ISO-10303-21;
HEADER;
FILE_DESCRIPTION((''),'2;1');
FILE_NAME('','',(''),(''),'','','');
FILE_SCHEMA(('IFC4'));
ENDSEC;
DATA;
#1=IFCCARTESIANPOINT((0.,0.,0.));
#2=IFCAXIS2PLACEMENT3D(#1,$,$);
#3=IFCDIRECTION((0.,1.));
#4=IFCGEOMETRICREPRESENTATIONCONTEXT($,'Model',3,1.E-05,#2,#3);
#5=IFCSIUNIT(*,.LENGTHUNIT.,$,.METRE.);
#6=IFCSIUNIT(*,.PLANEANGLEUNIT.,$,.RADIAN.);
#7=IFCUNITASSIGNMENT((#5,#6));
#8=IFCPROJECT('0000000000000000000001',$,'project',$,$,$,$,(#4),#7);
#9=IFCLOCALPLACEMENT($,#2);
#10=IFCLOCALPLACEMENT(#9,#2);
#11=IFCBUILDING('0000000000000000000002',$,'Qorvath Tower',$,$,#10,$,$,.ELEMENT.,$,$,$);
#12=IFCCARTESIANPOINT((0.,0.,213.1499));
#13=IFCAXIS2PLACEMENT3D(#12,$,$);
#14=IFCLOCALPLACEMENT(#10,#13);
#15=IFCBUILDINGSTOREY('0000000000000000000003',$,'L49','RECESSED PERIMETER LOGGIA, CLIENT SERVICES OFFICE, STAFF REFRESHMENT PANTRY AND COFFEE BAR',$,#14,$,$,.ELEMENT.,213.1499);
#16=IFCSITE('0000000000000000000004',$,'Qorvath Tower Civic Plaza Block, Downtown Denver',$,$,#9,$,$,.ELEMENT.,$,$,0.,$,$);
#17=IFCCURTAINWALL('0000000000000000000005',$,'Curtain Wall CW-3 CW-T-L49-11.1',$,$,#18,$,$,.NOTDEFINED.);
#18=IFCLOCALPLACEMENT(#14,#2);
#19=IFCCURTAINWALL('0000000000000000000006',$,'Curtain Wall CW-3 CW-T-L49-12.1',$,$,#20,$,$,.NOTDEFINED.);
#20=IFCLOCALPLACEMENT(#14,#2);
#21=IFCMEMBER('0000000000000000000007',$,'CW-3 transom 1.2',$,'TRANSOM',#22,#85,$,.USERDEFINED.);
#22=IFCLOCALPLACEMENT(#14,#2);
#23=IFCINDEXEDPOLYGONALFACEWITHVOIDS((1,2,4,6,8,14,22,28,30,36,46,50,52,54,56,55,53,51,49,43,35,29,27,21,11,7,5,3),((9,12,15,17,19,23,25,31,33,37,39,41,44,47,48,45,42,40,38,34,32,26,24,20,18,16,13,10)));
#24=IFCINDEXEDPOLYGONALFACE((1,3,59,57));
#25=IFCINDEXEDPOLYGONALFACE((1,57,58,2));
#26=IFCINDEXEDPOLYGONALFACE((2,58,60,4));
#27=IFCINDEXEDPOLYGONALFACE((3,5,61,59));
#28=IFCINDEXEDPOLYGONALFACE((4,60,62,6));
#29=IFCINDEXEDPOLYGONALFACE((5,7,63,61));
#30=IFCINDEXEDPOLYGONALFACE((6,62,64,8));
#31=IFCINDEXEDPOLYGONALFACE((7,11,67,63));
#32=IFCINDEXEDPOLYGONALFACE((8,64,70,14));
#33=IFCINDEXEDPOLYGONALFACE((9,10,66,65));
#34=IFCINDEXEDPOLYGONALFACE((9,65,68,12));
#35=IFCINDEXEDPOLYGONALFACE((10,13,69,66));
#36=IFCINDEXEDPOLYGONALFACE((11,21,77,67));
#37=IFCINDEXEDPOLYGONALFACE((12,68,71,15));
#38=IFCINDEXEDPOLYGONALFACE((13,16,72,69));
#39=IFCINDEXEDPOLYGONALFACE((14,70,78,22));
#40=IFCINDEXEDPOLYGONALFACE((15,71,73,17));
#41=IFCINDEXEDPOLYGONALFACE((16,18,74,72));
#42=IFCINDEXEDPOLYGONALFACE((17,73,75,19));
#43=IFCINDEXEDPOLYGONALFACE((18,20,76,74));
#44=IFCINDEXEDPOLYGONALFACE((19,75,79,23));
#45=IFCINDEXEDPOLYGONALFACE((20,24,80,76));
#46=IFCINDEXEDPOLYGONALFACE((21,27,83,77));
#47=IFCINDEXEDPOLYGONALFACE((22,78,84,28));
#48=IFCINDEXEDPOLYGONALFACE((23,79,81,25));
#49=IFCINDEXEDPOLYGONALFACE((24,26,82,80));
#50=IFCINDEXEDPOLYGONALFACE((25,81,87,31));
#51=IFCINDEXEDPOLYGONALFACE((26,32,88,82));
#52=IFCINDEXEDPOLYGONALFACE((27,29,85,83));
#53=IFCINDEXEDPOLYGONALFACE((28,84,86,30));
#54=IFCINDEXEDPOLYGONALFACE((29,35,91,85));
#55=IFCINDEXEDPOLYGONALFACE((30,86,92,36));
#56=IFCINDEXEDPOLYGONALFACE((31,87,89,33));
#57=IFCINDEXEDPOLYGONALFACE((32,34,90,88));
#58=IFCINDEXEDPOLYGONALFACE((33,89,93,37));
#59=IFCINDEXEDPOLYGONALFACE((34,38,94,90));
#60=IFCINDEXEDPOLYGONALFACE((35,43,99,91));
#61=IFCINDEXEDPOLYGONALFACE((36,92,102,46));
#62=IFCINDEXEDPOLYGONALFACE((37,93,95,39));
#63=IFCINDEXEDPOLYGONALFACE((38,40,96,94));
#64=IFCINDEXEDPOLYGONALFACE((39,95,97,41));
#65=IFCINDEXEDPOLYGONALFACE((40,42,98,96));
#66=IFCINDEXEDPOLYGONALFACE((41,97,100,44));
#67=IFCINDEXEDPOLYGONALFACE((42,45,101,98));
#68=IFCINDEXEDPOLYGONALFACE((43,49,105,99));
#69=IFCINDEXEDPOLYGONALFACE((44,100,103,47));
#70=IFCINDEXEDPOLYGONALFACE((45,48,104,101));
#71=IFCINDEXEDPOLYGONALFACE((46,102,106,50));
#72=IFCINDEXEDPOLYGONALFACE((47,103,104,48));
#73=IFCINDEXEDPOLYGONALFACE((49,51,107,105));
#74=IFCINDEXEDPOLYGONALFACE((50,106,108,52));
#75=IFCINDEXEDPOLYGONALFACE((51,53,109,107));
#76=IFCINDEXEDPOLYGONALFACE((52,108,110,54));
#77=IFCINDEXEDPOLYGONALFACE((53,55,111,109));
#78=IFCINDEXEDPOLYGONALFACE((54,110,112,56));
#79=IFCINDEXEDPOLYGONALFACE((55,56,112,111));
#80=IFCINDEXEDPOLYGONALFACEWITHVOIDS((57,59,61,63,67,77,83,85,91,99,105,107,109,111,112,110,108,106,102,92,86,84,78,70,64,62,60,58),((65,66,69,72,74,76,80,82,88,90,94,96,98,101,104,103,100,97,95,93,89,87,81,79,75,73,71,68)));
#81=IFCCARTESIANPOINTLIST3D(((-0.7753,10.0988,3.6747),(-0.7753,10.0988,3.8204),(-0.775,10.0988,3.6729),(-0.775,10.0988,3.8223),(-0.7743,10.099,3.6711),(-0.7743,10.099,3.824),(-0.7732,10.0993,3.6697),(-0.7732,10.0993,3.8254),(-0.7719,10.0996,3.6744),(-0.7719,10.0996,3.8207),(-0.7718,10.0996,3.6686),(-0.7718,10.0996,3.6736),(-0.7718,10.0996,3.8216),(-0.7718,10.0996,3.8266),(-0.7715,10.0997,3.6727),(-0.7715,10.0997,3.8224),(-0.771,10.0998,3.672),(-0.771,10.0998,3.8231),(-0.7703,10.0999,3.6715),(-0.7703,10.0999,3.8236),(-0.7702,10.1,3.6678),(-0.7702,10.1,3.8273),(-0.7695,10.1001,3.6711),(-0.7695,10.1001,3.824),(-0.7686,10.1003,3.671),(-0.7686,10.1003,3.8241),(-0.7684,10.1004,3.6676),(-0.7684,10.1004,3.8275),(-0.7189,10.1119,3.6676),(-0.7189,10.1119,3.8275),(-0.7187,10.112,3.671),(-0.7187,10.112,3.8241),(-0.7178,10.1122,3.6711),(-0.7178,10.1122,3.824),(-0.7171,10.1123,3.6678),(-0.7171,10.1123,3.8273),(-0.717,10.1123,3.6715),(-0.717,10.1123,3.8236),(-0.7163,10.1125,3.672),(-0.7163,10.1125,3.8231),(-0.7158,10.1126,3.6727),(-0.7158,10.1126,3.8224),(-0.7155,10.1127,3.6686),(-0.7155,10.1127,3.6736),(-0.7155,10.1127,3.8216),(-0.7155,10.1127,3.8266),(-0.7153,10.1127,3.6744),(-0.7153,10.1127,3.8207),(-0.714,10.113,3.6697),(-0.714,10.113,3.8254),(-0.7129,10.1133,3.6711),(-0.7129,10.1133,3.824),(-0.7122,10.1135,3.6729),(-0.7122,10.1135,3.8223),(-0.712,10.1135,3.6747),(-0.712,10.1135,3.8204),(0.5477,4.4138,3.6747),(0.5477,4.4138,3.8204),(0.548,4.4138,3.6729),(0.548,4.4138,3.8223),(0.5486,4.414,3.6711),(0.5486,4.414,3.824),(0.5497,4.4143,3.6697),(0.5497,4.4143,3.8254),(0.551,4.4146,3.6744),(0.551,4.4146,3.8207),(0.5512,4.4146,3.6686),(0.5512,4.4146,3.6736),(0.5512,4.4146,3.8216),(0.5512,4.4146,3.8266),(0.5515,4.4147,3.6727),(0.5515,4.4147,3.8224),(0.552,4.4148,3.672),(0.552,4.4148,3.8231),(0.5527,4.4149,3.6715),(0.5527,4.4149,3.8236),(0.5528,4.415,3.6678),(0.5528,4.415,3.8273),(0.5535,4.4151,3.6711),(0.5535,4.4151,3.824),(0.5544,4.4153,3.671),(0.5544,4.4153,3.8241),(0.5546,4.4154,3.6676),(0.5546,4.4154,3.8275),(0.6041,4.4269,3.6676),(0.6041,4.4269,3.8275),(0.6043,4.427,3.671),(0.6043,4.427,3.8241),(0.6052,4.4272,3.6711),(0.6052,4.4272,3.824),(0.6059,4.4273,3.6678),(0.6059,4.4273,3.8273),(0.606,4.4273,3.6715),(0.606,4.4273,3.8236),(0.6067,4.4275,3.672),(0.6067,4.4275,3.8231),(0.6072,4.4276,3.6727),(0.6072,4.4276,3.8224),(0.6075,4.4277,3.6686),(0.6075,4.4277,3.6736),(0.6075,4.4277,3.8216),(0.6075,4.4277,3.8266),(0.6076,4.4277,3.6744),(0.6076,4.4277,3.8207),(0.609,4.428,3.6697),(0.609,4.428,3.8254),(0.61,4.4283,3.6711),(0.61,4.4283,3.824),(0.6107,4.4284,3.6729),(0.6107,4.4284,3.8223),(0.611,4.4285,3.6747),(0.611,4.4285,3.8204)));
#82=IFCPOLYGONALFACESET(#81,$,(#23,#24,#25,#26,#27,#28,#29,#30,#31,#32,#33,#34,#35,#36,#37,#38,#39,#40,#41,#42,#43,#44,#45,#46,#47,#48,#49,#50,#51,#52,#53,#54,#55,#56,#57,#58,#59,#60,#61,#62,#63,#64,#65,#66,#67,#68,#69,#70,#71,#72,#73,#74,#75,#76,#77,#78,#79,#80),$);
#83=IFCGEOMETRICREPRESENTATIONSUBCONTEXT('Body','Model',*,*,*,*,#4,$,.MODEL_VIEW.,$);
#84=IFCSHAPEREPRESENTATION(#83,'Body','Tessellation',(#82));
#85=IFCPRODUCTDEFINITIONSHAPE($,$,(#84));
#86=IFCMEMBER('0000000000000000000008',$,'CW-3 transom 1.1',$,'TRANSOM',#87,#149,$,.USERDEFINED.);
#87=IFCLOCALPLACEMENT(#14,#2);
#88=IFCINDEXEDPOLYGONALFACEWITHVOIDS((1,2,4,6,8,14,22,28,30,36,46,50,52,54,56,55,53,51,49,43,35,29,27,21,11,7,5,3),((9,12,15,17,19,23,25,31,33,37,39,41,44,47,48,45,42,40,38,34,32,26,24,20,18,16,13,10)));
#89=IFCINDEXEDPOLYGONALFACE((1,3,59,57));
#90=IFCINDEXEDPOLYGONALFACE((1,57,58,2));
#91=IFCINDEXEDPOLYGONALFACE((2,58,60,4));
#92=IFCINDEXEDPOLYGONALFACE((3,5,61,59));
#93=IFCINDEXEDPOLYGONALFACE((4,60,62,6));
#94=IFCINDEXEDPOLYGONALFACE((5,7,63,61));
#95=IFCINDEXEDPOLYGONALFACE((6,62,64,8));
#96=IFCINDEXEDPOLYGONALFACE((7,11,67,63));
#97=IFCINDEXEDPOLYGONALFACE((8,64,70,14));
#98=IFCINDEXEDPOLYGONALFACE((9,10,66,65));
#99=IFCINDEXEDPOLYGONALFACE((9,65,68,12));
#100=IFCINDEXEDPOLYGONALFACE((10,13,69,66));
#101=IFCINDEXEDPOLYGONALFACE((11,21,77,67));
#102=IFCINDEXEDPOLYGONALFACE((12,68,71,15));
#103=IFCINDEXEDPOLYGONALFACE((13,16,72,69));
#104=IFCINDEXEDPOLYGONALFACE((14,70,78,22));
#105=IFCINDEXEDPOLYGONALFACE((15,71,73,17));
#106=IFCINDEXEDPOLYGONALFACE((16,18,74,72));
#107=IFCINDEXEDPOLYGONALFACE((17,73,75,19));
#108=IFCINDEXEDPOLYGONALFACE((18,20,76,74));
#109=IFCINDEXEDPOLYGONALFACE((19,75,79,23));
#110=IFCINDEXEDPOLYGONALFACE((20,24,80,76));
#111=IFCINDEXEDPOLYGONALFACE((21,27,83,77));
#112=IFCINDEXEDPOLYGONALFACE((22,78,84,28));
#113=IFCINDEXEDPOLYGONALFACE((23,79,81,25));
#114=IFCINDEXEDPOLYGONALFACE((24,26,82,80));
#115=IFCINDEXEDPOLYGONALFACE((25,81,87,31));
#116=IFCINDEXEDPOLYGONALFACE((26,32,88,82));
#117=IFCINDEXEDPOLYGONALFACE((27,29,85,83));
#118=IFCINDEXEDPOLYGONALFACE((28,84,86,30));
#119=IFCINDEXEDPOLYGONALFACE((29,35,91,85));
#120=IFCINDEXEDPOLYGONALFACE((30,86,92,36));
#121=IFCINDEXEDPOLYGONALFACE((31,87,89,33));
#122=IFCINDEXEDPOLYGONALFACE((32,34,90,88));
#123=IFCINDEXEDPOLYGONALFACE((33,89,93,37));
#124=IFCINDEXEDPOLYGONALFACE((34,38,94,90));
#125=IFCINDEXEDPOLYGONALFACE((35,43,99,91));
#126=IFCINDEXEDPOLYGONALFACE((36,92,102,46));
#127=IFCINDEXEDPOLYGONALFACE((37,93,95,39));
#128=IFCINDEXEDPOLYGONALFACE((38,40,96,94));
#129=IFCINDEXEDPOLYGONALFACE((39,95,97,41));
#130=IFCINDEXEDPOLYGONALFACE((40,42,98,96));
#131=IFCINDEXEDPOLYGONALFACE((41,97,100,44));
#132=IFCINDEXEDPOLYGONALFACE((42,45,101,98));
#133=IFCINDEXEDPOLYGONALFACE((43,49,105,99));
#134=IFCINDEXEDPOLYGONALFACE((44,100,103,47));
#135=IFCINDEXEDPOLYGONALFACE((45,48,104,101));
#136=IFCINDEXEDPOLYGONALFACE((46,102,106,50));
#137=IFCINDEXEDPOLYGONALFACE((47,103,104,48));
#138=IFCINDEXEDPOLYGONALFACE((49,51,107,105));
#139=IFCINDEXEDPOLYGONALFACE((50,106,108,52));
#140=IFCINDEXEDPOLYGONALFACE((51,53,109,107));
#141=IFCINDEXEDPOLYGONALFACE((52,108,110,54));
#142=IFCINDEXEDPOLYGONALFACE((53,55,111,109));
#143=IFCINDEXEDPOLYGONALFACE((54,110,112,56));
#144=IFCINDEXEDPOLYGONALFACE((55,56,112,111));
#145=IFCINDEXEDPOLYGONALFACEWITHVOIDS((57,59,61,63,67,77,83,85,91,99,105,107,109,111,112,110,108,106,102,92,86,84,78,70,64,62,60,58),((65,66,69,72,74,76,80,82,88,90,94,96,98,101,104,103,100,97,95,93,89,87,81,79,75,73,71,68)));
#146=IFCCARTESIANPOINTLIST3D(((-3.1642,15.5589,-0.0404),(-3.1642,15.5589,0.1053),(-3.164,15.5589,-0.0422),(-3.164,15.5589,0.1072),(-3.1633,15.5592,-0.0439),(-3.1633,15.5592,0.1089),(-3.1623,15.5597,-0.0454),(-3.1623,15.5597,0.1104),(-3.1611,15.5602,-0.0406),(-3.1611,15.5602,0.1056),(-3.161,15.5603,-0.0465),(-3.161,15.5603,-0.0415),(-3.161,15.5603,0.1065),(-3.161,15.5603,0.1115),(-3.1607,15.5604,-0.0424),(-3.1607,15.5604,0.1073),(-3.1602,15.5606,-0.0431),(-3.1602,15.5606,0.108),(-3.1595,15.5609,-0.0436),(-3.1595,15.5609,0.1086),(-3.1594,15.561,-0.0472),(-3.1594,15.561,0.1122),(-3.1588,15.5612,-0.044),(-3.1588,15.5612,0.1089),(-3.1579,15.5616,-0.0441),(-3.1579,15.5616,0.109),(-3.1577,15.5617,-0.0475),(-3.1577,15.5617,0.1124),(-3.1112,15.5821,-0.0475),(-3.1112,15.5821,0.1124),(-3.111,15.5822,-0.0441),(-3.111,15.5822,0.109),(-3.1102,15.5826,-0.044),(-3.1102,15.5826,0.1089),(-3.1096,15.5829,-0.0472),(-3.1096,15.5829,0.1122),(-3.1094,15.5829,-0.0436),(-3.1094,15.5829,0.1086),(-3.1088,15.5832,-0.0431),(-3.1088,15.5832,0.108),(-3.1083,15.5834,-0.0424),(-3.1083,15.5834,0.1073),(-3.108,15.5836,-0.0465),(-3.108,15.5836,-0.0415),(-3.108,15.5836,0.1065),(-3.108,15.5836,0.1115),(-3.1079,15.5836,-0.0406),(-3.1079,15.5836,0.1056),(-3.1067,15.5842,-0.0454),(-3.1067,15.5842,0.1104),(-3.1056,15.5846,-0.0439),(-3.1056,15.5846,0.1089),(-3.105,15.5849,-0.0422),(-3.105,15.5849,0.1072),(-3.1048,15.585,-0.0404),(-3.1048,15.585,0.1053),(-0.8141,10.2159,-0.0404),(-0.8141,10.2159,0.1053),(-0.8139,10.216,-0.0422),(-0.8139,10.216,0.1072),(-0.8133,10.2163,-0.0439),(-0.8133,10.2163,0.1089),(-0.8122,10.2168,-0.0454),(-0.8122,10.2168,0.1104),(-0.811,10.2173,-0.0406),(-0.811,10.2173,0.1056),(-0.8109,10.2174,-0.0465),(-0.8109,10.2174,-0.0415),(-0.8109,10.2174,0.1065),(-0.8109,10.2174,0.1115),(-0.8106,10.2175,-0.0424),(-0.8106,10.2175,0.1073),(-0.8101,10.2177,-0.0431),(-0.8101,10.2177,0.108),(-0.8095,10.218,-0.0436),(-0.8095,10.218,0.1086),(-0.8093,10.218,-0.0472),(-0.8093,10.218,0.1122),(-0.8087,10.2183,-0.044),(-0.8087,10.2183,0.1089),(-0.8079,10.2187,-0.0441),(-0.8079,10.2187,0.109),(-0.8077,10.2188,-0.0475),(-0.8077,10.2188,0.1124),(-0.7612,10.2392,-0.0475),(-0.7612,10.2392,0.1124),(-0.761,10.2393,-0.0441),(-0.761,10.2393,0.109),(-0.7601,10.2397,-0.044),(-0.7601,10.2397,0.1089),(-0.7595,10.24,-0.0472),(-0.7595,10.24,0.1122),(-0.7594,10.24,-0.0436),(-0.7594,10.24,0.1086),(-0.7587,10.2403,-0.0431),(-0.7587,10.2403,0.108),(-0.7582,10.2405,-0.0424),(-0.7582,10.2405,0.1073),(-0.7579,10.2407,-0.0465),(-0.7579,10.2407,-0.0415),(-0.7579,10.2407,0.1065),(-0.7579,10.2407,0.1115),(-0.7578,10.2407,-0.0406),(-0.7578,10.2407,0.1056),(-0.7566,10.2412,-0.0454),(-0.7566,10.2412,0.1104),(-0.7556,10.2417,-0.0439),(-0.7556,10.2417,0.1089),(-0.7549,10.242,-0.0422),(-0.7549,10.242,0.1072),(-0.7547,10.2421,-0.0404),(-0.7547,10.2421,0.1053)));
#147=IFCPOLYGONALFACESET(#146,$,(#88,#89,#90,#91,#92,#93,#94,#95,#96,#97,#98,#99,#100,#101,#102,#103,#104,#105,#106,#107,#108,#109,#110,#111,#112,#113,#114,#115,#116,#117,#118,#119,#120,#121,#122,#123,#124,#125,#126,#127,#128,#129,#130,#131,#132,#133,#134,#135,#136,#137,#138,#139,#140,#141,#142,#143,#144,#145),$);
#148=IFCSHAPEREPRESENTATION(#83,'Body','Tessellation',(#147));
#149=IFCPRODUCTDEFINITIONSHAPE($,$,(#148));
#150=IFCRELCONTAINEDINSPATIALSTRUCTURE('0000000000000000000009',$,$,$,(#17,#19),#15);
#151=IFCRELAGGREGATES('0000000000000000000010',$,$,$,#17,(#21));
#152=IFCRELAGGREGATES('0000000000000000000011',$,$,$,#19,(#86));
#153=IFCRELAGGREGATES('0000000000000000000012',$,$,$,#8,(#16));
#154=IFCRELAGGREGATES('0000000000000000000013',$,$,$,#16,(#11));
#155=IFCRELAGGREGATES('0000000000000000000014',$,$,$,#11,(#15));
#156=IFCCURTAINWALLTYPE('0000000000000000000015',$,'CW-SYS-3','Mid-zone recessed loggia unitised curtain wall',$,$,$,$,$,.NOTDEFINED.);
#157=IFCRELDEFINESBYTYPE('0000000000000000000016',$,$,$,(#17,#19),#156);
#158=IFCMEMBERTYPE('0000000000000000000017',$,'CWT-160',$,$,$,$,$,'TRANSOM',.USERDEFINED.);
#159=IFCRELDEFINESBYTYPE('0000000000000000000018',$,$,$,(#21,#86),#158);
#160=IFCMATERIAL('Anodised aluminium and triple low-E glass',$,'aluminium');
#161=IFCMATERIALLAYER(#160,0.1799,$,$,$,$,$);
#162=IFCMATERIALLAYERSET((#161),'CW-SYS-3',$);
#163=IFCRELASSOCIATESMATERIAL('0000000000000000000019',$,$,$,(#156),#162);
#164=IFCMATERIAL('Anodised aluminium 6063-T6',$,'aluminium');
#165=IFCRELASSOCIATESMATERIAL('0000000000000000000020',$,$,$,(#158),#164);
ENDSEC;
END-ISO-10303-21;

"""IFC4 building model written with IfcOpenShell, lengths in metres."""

from ifc_helpers import new_model, si_unit, direction, frame, origin, origin_2d, place, context, subcontext, project, spatial, hollow_rectangle, extrude, material, layer, layer_set, material_profile, profile_set, type_object, element, aggregate, save


model = new_model("IFC4")

# Units and contexts
model_context = context("Model", 3, precision=1e-05, world=origin(), true_north=direction((0.0, 1.0)))
body_context = subcontext(model_context, "Body", "Model", "MODEL_VIEW")
ifc_project = project(units=[si_unit("LENGTHUNIT", "METRE"), si_unit("PLANEANGLEUNIT", "RADIAN")], contexts=[model_context])

# Site, building, storey
site_placement = place(None, origin())
site = spatial("IfcSite", under=ifc_project, at=site_placement, Name="Qorvath Tower Civic Plaza Block, Downtown Denver", CompositionType="ELEMENT", RefElevation=0.0)
building_placement = place(site_placement, origin())
building = spatial("IfcBuilding", under=site, at=building_placement, Name="Qorvath Tower", CompositionType="ELEMENT")
storey_placement = place(building_placement, frame((0.0, 0.0, 213.1499)))
storey = spatial("IfcBuildingStorey", under=building, at=storey_placement, Name="L49", Description="RECESSED PERIMETER LOGGIA, CLIENT SERVICES OFFICE, STAFF REFRESHMENT PANTRY AND COFFEE BAR", CompositionType="ELEMENT", Elevation=213.1499)

# Curtain wall
ifc_material_1 = material(Name="Anodised aluminium and triple low-E glass", Category="aluminium")
ifc_layer_1 = layer(ifc_material_1, 0.1799)
ifc_layer_set_1 = layer_set([ifc_layer_1], Name="CW-SYS-3")
curtain_wall_type = type_object("IfcCurtainWallType", Name="CW-SYS-3", Description="Mid-zone recessed loggia unitised curtain wall", PredefinedType="NOTDEFINED", material=ifc_layer_set_1)
curtain_wall_1_placement = place(storey_placement, origin())
curtain_wall_1 = element("IfcCurtainWall", 1, at=curtain_wall_1_placement, inside=storey, type_object=curtain_wall_type, Name="Curtain Wall CW-3 CW-T-L49-11.1", PredefinedType="NOTDEFINED")

# Curtain wall
curtain_wall_2_placement = place(storey_placement, origin())
curtain_wall_2 = element("IfcCurtainWall", 2, at=curtain_wall_2_placement, inside=storey, type_object=curtain_wall_type, Name="Curtain Wall CW-3 CW-T-L49-12.1", PredefinedType="NOTDEFINED")

# Members
ifc_material_2 = material(Name="Anodised aluminium 6063-T6", Category="aluminium")
ifc_material_profile_1 = material_profile(ifc_material_2, hollow_rectangle(XDim=0.0649, YDim=0.1599, WallThickness=0.0034, InnerFilletRadius=0.0034, OuterFilletRadius=0.0071, at=origin_2d()), Name="CWT 160x65")
ifc_profile_set_1 = profile_set([ifc_material_profile_1], Name="Anodised aluminium 6063-T6")
member_type_1 = type_object("IfcMemberType", Name="CWT-160", ElementType="TRANSOM", PredefinedType="USERDEFINED", material=ifc_profile_set_1)
member_1_placement = place(storey_placement, frame((0.5793, 4.4211, 3.7476), z_axis=(-0.226658, 0.973974, 0.0), x_axis=(-0.973974, -0.226658, 0.0)))
member_1 = element("IfcMember", 3, at=member_1_placement, type_object=member_type_1, Name="CW-3 transom 1.2", ObjectType="TRANSOM", PredefinedType="USERDEFINED", context=body_context, shape_type="SweptSolid", body=[
    extrude(hollow_rectangle(XDim=0.0649, YDim=0.1599, WallThickness=0.0034, InnerFilletRadius=0.0034, OuterFilletRadius=0.0071, at=origin_2d()), origin(), (0.0, 0.0, 1.0), 5.8369),
])
member_2_placement = place(storey_placement, frame((-0.7844, 10.229, 0.0325), z_axis=(-0.402619, 0.915367, 0.0), x_axis=(-0.915367, -0.402619, 0.0)))
member_2 = element("IfcMember", 4, at=member_2_placement, type_object=member_type_1, Name="CW-3 transom 1.1", ObjectType="TRANSOM", PredefinedType="USERDEFINED", context=body_context, shape_type="SweptSolid", body=[
    extrude(hollow_rectangle(XDim=0.0649, YDim=0.1599, WallThickness=0.0034, InnerFilletRadius=0.0034, OuterFilletRadius=0.0071, at=origin_2d()), origin(), (0.0, 0.0, 1.0), 5.8369),
])

aggregate(curtain_wall_1, [member_1])
aggregate(curtain_wall_2, [member_2])

save(model, "model.ifc")
